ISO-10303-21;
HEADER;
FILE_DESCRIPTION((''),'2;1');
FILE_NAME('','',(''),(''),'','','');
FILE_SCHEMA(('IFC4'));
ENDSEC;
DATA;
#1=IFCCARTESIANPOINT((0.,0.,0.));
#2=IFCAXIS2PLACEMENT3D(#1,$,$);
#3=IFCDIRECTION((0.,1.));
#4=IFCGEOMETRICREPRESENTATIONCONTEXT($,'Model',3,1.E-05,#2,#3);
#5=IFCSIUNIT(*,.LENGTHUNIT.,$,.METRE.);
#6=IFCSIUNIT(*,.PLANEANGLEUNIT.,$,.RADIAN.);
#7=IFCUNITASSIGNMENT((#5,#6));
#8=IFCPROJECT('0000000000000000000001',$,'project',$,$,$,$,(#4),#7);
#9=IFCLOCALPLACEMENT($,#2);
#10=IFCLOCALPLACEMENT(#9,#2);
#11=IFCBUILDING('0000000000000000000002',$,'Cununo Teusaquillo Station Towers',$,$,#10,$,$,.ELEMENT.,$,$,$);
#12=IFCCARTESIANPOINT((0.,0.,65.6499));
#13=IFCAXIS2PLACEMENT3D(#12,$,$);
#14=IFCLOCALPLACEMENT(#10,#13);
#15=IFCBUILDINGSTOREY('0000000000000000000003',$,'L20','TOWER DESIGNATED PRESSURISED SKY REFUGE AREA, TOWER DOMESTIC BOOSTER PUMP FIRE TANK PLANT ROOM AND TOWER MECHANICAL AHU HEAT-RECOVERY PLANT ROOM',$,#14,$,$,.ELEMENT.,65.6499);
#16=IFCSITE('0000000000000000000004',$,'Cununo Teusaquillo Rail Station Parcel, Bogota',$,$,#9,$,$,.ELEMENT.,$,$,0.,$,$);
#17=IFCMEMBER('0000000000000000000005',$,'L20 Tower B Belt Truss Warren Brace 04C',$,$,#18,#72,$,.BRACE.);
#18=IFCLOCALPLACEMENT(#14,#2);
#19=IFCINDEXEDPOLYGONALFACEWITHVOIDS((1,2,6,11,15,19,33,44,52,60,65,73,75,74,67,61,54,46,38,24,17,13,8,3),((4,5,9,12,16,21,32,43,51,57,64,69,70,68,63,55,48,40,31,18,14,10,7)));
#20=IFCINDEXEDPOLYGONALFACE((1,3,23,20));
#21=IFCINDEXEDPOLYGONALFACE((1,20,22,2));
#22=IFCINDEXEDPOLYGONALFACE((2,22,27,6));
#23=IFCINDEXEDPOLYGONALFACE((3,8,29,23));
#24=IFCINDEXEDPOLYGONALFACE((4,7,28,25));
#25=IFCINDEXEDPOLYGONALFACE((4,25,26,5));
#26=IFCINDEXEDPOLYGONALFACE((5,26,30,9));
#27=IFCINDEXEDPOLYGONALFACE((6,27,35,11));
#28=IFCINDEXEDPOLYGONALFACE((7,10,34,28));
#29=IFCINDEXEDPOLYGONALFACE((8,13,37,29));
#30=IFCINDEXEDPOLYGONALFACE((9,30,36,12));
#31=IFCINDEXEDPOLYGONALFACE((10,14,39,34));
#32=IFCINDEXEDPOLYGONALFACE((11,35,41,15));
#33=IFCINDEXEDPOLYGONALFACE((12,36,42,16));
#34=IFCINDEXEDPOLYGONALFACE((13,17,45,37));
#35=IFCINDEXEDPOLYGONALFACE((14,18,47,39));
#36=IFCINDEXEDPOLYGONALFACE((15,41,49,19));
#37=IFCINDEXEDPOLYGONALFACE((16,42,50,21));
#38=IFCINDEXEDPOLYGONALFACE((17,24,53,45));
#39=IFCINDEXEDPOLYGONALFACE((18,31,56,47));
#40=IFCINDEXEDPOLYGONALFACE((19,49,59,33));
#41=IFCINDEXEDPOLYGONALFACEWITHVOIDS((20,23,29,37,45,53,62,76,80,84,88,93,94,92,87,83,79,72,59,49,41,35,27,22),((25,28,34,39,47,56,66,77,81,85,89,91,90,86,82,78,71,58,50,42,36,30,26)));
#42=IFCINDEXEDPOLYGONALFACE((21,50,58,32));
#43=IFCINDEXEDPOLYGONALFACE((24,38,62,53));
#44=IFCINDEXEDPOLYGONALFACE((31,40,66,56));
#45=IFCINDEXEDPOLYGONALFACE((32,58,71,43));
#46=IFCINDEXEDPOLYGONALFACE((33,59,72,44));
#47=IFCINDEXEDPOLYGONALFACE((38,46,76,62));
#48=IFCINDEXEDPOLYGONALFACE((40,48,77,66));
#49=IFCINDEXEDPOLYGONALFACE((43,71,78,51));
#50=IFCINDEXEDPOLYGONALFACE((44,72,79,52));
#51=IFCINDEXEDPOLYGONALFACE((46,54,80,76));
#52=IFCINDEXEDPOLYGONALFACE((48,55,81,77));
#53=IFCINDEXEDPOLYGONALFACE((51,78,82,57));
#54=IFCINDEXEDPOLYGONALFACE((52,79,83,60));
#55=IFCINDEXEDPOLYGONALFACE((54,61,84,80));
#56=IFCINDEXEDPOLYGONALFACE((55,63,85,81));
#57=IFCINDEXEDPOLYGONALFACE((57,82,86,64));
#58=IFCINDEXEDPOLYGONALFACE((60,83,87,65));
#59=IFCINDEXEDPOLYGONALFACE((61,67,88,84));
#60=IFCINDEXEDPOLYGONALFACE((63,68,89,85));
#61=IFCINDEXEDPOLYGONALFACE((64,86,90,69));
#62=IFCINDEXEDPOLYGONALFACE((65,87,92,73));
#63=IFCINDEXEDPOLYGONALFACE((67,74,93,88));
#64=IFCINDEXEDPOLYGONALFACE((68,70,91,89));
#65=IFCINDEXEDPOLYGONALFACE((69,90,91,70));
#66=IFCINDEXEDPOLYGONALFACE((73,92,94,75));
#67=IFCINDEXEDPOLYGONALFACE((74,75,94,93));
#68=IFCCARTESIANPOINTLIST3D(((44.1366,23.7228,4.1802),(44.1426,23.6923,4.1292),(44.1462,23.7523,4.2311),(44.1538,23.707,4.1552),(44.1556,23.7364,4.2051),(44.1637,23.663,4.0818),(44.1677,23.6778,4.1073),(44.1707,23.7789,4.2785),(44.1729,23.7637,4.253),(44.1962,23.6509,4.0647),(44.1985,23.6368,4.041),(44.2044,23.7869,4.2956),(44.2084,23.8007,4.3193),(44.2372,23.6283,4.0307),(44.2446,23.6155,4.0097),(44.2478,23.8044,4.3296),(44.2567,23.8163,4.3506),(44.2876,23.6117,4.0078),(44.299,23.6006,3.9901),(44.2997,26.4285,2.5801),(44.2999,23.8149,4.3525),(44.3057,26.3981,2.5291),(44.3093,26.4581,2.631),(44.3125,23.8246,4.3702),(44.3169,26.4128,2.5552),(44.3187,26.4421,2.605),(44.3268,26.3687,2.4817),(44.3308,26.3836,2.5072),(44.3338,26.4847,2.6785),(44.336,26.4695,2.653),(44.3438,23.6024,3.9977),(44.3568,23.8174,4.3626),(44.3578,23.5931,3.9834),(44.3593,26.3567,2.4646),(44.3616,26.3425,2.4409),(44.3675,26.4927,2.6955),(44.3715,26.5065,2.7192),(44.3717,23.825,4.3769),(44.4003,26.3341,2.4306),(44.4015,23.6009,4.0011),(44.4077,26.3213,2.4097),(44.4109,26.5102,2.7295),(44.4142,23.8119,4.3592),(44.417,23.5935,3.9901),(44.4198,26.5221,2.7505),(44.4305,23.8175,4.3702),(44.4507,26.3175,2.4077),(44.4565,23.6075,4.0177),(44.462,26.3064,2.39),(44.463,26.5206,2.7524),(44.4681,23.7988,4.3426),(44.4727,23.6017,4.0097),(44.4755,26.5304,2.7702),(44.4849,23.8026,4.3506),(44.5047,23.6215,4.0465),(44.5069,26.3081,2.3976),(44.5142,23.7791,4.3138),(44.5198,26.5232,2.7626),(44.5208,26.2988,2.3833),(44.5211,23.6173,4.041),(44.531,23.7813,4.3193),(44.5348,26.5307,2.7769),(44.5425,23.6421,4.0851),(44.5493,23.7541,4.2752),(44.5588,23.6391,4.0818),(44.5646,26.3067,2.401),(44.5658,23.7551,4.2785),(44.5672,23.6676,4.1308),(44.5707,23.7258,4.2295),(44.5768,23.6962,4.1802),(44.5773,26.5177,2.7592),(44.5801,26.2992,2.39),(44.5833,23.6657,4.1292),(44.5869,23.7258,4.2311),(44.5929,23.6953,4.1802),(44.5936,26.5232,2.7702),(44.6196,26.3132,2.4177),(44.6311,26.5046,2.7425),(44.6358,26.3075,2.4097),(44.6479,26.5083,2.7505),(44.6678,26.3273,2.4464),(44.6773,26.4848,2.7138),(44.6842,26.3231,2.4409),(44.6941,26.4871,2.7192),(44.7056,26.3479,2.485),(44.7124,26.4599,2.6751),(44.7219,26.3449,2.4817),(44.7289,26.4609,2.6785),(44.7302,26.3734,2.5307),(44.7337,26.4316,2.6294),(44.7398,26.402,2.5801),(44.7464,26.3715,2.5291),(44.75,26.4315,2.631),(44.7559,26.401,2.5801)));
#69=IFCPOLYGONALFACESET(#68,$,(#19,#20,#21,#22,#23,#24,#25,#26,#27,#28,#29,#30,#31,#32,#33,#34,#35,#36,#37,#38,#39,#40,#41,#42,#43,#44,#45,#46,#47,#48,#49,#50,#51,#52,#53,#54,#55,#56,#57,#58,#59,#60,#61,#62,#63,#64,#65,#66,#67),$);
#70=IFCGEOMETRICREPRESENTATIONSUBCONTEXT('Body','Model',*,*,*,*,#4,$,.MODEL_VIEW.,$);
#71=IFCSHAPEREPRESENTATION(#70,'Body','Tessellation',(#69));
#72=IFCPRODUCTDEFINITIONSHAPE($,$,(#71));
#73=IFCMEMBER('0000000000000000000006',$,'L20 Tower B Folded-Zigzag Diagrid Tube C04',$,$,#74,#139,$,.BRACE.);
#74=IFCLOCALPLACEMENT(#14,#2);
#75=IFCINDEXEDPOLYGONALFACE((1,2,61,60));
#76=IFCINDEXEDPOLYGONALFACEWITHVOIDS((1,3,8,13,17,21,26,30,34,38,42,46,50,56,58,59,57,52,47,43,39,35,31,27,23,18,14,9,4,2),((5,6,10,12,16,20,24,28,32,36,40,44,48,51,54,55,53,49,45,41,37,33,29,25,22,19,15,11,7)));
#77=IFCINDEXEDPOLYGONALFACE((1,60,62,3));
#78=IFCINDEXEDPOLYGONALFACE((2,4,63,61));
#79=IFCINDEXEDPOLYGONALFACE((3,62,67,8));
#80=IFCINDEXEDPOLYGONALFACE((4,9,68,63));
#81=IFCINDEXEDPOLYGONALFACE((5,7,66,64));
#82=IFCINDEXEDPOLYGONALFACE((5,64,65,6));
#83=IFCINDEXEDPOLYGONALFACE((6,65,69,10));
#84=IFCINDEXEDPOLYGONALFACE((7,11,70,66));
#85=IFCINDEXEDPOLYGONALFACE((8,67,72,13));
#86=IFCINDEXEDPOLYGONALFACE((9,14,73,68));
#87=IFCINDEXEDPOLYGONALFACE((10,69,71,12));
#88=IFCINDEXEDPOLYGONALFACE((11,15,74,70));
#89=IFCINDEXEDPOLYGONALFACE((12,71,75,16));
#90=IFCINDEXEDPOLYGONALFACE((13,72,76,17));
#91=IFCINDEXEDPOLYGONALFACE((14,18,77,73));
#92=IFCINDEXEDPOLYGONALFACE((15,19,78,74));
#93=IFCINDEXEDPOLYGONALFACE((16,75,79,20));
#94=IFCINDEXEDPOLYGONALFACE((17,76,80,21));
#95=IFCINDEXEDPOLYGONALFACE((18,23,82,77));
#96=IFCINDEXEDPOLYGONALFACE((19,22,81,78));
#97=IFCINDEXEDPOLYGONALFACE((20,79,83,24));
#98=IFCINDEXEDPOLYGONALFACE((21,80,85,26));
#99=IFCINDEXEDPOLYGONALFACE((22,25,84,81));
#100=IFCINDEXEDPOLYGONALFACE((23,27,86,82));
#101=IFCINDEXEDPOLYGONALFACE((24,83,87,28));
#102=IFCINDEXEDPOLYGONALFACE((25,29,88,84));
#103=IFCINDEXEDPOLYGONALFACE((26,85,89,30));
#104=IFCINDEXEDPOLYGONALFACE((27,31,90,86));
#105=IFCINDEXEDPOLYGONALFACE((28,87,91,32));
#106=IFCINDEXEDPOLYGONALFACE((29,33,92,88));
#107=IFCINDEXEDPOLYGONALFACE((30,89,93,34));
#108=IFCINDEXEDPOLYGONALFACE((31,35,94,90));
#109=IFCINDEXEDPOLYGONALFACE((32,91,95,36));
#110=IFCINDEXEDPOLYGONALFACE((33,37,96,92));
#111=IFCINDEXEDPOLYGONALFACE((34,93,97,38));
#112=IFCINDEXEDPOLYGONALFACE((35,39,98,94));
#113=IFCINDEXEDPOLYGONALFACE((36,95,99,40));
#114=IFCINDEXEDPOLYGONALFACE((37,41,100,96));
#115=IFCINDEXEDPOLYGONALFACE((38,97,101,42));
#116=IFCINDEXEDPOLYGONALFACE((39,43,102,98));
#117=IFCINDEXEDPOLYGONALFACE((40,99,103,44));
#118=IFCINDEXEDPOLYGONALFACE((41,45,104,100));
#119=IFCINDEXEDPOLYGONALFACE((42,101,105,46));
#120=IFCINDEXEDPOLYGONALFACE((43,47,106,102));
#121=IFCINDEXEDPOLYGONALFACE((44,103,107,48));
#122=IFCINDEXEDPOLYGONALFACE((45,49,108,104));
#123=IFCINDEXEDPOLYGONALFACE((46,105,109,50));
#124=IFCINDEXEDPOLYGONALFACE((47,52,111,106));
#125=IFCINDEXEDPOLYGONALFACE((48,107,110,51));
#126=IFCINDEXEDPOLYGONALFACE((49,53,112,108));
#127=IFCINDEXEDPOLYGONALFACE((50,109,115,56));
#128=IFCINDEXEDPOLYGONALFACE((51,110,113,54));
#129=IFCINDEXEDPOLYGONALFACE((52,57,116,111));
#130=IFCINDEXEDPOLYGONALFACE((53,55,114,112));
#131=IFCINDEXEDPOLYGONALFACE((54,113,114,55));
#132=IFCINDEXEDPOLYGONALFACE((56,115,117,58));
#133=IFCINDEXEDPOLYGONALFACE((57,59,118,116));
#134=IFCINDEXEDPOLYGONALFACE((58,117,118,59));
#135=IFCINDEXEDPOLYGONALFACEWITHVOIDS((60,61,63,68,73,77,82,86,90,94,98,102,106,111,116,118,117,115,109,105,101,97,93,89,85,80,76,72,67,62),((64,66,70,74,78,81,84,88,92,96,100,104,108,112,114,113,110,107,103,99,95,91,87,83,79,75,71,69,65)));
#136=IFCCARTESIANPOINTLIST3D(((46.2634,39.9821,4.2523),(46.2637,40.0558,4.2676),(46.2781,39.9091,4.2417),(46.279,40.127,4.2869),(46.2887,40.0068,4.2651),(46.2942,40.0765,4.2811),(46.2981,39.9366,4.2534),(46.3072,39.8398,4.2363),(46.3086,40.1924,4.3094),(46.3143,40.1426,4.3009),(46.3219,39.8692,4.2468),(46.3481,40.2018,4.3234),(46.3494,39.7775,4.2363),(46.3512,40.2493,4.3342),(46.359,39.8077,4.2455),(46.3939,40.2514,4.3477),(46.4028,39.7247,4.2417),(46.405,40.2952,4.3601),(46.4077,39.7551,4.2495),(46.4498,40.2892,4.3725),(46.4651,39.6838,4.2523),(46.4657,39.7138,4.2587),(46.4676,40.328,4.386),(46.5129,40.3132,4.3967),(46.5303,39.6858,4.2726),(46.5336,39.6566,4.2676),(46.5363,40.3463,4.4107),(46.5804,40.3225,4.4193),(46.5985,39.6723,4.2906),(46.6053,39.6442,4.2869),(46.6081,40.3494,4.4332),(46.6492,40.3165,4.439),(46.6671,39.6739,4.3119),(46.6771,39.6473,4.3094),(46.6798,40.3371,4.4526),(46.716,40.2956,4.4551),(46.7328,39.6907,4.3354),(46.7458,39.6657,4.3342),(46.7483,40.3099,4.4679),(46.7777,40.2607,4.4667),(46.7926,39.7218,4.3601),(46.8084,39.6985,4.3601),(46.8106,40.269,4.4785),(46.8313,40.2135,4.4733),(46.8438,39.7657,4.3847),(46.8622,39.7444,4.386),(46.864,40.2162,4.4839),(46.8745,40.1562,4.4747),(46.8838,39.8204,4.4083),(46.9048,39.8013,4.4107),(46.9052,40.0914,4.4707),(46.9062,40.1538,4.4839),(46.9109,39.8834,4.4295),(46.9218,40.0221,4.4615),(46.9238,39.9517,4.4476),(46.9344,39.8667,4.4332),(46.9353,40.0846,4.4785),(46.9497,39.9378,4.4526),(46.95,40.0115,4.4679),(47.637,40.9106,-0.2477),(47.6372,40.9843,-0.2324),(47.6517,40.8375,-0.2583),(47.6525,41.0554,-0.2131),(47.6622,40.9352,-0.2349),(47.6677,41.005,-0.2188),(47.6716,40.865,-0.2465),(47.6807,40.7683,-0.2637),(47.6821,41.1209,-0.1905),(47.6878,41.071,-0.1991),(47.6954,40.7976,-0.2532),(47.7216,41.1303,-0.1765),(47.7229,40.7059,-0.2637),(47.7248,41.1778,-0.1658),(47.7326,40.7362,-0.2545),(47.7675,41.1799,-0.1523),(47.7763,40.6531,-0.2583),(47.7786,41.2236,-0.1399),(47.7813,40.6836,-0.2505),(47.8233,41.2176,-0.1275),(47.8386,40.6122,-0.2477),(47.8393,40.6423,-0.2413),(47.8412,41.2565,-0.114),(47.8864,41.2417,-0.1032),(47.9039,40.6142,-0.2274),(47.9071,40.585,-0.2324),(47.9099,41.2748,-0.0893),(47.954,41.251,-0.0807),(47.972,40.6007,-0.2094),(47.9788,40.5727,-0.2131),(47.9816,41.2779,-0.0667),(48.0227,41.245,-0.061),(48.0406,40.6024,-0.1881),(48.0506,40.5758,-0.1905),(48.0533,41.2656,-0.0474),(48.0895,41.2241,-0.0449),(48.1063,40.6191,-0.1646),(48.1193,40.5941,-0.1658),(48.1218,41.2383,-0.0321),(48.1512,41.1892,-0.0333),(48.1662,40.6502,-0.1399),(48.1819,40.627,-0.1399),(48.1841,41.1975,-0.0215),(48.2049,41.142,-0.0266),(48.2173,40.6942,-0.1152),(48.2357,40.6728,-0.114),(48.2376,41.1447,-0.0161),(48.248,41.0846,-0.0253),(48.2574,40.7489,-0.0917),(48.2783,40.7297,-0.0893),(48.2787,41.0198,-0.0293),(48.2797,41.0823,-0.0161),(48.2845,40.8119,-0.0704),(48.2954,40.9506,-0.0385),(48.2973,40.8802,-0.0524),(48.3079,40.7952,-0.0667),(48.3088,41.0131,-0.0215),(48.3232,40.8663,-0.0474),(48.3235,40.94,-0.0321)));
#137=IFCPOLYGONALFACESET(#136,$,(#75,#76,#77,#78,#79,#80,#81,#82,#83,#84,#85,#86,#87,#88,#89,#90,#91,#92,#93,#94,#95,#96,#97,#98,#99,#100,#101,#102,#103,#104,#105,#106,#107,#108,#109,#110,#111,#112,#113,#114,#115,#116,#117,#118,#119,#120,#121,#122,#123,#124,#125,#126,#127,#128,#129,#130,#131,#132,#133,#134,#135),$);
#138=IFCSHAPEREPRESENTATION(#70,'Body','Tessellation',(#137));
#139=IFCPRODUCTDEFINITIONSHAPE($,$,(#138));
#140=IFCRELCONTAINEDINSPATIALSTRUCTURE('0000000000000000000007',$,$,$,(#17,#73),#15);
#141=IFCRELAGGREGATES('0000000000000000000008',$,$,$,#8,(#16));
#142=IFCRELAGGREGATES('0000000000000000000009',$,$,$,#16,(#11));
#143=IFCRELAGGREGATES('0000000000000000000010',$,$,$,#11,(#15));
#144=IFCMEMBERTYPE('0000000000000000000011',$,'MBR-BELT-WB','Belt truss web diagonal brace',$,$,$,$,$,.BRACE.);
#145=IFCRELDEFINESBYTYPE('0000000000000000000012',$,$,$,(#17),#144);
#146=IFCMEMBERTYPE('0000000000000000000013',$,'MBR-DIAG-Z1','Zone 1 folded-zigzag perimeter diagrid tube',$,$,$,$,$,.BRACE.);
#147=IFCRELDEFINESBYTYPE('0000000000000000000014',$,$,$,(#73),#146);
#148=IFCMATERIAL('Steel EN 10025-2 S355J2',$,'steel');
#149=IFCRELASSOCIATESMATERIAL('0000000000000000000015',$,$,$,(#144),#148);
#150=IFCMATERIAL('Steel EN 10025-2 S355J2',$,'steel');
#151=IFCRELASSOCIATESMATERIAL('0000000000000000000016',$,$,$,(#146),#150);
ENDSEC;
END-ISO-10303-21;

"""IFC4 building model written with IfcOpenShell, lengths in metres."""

from ifc_helpers import new_model, si_unit, direction, frame, origin, origin_2d, place, context, subcontext, project, spatial, hollow_circle, extrude, material, material_profile, profile_set, type_object, element, save


model = new_model("IFC4")

# Units and contexts
model_context = context("Model", 3, precision=1e-05, world=origin(), true_north=direction((0.0, 1.0)))
body_context = subcontext(model_context, "Body", "Model", "MODEL_VIEW")
ifc_project = project(units=[si_unit("LENGTHUNIT", "METRE"), si_unit("PLANEANGLEUNIT", "RADIAN")], contexts=[model_context])

# Site, building, storey
site_placement = place(None, origin())
site = spatial("IfcSite", under=ifc_project, at=site_placement, Name="Cununo Teusaquillo Rail Station Parcel, Bogota", CompositionType="ELEMENT", RefElevation=0.0)
building_placement = place(site_placement, origin())
building = spatial("IfcBuilding", under=site, at=building_placement, Name="Cununo Teusaquillo Station Towers", CompositionType="ELEMENT")
storey_placement = place(building_placement, frame((0.0, 0.0, 65.6499)))
storey = spatial("IfcBuildingStorey", under=building, at=storey_placement, Name="L20", Description="TOWER DESIGNATED PRESSURISED SKY REFUGE AREA, TOWER DOMESTIC BOOSTER PUMP FIRE TANK PLANT ROOM AND TOWER MECHANICAL AHU HEAT-RECOVERY PLANT ROOM", CompositionType="ELEMENT", Elevation=65.6499)

# Members
ifc_material_1 = material(Name="Steel EN 10025-2 S355J2", Category="steel")
ifc_material_profile_1 = material_profile(ifc_material_1, hollow_circle(Radius=0.2285, WallThickness=0.0161, at=origin_2d()), Name="CHS 457x16")
ifc_profile_set_1 = profile_set([ifc_material_profile_1], Name="Steel EN 10025-2 S355J2")
member_type_1 = type_object("IfcMemberType", Name="MBR-BELT-WB", Description="Belt truss web diagonal brace", PredefinedType="BRACE", material=ifc_profile_set_1)
member_1_placement = place(storey_placement, frame((44.5278, 26.4148, 2.5801), z_axis=(-0.05181, -0.859602, 0.508331), x_axis=(0.998189, -0.060163, 0.0)))
element("IfcMember", 1, at=member_1_placement, inside=storey, type_object=member_type_1, Name="L20 Tower B Belt Truss Warren Brace 04C", PredefinedType="BRACE", context=body_context, shape_type="SweptSolid", body=[
    extrude(hollow_circle(Radius=0.2285, WallThickness=0.0161, at=origin_2d()), origin(), (0.0, 0.0, 1.0), 3.1477),
])
ifc_material_2 = material(Name="Steel EN 10025-2 S355J2", Category="steel")
ifc_material_profile_2 = material_profile(ifc_material_2, hollow_circle(Radius=0.3601, WallThickness=0.0281, at=origin_2d()), Name="CHS 720x28")
ifc_profile_set_2 = profile_set([ifc_material_profile_2], Name="Steel EN 10025-2 S355J2")
member_type_2 = type_object("IfcMemberType", Name="MBR-DIAG-Z1", Description="Zone 1 folded-zigzag perimeter diagrid tube", PredefinedType="BRACE", material=ifc_profile_set_2)
member_2_placement = place(storey_placement, frame((47.9802, 40.9253, -0.1399), z_axis=(-0.28641, -0.193604, 0.938342), x_axis=(0.560024, -0.828476, 0.0)))
element("IfcMember", 2, at=member_2_placement, inside=storey, type_object=member_type_2, Name="L20 Tower B Folded-Zigzag Diagrid Tube C04", PredefinedType="BRACE", context=body_context, shape_type="SweptSolid", body=[
    extrude(hollow_circle(Radius=0.3601, WallThickness=0.0281, at=origin_2d()), origin(), (0.0, 0.0, 1.0), 4.7957),
])

save(model, "model.ifc")
